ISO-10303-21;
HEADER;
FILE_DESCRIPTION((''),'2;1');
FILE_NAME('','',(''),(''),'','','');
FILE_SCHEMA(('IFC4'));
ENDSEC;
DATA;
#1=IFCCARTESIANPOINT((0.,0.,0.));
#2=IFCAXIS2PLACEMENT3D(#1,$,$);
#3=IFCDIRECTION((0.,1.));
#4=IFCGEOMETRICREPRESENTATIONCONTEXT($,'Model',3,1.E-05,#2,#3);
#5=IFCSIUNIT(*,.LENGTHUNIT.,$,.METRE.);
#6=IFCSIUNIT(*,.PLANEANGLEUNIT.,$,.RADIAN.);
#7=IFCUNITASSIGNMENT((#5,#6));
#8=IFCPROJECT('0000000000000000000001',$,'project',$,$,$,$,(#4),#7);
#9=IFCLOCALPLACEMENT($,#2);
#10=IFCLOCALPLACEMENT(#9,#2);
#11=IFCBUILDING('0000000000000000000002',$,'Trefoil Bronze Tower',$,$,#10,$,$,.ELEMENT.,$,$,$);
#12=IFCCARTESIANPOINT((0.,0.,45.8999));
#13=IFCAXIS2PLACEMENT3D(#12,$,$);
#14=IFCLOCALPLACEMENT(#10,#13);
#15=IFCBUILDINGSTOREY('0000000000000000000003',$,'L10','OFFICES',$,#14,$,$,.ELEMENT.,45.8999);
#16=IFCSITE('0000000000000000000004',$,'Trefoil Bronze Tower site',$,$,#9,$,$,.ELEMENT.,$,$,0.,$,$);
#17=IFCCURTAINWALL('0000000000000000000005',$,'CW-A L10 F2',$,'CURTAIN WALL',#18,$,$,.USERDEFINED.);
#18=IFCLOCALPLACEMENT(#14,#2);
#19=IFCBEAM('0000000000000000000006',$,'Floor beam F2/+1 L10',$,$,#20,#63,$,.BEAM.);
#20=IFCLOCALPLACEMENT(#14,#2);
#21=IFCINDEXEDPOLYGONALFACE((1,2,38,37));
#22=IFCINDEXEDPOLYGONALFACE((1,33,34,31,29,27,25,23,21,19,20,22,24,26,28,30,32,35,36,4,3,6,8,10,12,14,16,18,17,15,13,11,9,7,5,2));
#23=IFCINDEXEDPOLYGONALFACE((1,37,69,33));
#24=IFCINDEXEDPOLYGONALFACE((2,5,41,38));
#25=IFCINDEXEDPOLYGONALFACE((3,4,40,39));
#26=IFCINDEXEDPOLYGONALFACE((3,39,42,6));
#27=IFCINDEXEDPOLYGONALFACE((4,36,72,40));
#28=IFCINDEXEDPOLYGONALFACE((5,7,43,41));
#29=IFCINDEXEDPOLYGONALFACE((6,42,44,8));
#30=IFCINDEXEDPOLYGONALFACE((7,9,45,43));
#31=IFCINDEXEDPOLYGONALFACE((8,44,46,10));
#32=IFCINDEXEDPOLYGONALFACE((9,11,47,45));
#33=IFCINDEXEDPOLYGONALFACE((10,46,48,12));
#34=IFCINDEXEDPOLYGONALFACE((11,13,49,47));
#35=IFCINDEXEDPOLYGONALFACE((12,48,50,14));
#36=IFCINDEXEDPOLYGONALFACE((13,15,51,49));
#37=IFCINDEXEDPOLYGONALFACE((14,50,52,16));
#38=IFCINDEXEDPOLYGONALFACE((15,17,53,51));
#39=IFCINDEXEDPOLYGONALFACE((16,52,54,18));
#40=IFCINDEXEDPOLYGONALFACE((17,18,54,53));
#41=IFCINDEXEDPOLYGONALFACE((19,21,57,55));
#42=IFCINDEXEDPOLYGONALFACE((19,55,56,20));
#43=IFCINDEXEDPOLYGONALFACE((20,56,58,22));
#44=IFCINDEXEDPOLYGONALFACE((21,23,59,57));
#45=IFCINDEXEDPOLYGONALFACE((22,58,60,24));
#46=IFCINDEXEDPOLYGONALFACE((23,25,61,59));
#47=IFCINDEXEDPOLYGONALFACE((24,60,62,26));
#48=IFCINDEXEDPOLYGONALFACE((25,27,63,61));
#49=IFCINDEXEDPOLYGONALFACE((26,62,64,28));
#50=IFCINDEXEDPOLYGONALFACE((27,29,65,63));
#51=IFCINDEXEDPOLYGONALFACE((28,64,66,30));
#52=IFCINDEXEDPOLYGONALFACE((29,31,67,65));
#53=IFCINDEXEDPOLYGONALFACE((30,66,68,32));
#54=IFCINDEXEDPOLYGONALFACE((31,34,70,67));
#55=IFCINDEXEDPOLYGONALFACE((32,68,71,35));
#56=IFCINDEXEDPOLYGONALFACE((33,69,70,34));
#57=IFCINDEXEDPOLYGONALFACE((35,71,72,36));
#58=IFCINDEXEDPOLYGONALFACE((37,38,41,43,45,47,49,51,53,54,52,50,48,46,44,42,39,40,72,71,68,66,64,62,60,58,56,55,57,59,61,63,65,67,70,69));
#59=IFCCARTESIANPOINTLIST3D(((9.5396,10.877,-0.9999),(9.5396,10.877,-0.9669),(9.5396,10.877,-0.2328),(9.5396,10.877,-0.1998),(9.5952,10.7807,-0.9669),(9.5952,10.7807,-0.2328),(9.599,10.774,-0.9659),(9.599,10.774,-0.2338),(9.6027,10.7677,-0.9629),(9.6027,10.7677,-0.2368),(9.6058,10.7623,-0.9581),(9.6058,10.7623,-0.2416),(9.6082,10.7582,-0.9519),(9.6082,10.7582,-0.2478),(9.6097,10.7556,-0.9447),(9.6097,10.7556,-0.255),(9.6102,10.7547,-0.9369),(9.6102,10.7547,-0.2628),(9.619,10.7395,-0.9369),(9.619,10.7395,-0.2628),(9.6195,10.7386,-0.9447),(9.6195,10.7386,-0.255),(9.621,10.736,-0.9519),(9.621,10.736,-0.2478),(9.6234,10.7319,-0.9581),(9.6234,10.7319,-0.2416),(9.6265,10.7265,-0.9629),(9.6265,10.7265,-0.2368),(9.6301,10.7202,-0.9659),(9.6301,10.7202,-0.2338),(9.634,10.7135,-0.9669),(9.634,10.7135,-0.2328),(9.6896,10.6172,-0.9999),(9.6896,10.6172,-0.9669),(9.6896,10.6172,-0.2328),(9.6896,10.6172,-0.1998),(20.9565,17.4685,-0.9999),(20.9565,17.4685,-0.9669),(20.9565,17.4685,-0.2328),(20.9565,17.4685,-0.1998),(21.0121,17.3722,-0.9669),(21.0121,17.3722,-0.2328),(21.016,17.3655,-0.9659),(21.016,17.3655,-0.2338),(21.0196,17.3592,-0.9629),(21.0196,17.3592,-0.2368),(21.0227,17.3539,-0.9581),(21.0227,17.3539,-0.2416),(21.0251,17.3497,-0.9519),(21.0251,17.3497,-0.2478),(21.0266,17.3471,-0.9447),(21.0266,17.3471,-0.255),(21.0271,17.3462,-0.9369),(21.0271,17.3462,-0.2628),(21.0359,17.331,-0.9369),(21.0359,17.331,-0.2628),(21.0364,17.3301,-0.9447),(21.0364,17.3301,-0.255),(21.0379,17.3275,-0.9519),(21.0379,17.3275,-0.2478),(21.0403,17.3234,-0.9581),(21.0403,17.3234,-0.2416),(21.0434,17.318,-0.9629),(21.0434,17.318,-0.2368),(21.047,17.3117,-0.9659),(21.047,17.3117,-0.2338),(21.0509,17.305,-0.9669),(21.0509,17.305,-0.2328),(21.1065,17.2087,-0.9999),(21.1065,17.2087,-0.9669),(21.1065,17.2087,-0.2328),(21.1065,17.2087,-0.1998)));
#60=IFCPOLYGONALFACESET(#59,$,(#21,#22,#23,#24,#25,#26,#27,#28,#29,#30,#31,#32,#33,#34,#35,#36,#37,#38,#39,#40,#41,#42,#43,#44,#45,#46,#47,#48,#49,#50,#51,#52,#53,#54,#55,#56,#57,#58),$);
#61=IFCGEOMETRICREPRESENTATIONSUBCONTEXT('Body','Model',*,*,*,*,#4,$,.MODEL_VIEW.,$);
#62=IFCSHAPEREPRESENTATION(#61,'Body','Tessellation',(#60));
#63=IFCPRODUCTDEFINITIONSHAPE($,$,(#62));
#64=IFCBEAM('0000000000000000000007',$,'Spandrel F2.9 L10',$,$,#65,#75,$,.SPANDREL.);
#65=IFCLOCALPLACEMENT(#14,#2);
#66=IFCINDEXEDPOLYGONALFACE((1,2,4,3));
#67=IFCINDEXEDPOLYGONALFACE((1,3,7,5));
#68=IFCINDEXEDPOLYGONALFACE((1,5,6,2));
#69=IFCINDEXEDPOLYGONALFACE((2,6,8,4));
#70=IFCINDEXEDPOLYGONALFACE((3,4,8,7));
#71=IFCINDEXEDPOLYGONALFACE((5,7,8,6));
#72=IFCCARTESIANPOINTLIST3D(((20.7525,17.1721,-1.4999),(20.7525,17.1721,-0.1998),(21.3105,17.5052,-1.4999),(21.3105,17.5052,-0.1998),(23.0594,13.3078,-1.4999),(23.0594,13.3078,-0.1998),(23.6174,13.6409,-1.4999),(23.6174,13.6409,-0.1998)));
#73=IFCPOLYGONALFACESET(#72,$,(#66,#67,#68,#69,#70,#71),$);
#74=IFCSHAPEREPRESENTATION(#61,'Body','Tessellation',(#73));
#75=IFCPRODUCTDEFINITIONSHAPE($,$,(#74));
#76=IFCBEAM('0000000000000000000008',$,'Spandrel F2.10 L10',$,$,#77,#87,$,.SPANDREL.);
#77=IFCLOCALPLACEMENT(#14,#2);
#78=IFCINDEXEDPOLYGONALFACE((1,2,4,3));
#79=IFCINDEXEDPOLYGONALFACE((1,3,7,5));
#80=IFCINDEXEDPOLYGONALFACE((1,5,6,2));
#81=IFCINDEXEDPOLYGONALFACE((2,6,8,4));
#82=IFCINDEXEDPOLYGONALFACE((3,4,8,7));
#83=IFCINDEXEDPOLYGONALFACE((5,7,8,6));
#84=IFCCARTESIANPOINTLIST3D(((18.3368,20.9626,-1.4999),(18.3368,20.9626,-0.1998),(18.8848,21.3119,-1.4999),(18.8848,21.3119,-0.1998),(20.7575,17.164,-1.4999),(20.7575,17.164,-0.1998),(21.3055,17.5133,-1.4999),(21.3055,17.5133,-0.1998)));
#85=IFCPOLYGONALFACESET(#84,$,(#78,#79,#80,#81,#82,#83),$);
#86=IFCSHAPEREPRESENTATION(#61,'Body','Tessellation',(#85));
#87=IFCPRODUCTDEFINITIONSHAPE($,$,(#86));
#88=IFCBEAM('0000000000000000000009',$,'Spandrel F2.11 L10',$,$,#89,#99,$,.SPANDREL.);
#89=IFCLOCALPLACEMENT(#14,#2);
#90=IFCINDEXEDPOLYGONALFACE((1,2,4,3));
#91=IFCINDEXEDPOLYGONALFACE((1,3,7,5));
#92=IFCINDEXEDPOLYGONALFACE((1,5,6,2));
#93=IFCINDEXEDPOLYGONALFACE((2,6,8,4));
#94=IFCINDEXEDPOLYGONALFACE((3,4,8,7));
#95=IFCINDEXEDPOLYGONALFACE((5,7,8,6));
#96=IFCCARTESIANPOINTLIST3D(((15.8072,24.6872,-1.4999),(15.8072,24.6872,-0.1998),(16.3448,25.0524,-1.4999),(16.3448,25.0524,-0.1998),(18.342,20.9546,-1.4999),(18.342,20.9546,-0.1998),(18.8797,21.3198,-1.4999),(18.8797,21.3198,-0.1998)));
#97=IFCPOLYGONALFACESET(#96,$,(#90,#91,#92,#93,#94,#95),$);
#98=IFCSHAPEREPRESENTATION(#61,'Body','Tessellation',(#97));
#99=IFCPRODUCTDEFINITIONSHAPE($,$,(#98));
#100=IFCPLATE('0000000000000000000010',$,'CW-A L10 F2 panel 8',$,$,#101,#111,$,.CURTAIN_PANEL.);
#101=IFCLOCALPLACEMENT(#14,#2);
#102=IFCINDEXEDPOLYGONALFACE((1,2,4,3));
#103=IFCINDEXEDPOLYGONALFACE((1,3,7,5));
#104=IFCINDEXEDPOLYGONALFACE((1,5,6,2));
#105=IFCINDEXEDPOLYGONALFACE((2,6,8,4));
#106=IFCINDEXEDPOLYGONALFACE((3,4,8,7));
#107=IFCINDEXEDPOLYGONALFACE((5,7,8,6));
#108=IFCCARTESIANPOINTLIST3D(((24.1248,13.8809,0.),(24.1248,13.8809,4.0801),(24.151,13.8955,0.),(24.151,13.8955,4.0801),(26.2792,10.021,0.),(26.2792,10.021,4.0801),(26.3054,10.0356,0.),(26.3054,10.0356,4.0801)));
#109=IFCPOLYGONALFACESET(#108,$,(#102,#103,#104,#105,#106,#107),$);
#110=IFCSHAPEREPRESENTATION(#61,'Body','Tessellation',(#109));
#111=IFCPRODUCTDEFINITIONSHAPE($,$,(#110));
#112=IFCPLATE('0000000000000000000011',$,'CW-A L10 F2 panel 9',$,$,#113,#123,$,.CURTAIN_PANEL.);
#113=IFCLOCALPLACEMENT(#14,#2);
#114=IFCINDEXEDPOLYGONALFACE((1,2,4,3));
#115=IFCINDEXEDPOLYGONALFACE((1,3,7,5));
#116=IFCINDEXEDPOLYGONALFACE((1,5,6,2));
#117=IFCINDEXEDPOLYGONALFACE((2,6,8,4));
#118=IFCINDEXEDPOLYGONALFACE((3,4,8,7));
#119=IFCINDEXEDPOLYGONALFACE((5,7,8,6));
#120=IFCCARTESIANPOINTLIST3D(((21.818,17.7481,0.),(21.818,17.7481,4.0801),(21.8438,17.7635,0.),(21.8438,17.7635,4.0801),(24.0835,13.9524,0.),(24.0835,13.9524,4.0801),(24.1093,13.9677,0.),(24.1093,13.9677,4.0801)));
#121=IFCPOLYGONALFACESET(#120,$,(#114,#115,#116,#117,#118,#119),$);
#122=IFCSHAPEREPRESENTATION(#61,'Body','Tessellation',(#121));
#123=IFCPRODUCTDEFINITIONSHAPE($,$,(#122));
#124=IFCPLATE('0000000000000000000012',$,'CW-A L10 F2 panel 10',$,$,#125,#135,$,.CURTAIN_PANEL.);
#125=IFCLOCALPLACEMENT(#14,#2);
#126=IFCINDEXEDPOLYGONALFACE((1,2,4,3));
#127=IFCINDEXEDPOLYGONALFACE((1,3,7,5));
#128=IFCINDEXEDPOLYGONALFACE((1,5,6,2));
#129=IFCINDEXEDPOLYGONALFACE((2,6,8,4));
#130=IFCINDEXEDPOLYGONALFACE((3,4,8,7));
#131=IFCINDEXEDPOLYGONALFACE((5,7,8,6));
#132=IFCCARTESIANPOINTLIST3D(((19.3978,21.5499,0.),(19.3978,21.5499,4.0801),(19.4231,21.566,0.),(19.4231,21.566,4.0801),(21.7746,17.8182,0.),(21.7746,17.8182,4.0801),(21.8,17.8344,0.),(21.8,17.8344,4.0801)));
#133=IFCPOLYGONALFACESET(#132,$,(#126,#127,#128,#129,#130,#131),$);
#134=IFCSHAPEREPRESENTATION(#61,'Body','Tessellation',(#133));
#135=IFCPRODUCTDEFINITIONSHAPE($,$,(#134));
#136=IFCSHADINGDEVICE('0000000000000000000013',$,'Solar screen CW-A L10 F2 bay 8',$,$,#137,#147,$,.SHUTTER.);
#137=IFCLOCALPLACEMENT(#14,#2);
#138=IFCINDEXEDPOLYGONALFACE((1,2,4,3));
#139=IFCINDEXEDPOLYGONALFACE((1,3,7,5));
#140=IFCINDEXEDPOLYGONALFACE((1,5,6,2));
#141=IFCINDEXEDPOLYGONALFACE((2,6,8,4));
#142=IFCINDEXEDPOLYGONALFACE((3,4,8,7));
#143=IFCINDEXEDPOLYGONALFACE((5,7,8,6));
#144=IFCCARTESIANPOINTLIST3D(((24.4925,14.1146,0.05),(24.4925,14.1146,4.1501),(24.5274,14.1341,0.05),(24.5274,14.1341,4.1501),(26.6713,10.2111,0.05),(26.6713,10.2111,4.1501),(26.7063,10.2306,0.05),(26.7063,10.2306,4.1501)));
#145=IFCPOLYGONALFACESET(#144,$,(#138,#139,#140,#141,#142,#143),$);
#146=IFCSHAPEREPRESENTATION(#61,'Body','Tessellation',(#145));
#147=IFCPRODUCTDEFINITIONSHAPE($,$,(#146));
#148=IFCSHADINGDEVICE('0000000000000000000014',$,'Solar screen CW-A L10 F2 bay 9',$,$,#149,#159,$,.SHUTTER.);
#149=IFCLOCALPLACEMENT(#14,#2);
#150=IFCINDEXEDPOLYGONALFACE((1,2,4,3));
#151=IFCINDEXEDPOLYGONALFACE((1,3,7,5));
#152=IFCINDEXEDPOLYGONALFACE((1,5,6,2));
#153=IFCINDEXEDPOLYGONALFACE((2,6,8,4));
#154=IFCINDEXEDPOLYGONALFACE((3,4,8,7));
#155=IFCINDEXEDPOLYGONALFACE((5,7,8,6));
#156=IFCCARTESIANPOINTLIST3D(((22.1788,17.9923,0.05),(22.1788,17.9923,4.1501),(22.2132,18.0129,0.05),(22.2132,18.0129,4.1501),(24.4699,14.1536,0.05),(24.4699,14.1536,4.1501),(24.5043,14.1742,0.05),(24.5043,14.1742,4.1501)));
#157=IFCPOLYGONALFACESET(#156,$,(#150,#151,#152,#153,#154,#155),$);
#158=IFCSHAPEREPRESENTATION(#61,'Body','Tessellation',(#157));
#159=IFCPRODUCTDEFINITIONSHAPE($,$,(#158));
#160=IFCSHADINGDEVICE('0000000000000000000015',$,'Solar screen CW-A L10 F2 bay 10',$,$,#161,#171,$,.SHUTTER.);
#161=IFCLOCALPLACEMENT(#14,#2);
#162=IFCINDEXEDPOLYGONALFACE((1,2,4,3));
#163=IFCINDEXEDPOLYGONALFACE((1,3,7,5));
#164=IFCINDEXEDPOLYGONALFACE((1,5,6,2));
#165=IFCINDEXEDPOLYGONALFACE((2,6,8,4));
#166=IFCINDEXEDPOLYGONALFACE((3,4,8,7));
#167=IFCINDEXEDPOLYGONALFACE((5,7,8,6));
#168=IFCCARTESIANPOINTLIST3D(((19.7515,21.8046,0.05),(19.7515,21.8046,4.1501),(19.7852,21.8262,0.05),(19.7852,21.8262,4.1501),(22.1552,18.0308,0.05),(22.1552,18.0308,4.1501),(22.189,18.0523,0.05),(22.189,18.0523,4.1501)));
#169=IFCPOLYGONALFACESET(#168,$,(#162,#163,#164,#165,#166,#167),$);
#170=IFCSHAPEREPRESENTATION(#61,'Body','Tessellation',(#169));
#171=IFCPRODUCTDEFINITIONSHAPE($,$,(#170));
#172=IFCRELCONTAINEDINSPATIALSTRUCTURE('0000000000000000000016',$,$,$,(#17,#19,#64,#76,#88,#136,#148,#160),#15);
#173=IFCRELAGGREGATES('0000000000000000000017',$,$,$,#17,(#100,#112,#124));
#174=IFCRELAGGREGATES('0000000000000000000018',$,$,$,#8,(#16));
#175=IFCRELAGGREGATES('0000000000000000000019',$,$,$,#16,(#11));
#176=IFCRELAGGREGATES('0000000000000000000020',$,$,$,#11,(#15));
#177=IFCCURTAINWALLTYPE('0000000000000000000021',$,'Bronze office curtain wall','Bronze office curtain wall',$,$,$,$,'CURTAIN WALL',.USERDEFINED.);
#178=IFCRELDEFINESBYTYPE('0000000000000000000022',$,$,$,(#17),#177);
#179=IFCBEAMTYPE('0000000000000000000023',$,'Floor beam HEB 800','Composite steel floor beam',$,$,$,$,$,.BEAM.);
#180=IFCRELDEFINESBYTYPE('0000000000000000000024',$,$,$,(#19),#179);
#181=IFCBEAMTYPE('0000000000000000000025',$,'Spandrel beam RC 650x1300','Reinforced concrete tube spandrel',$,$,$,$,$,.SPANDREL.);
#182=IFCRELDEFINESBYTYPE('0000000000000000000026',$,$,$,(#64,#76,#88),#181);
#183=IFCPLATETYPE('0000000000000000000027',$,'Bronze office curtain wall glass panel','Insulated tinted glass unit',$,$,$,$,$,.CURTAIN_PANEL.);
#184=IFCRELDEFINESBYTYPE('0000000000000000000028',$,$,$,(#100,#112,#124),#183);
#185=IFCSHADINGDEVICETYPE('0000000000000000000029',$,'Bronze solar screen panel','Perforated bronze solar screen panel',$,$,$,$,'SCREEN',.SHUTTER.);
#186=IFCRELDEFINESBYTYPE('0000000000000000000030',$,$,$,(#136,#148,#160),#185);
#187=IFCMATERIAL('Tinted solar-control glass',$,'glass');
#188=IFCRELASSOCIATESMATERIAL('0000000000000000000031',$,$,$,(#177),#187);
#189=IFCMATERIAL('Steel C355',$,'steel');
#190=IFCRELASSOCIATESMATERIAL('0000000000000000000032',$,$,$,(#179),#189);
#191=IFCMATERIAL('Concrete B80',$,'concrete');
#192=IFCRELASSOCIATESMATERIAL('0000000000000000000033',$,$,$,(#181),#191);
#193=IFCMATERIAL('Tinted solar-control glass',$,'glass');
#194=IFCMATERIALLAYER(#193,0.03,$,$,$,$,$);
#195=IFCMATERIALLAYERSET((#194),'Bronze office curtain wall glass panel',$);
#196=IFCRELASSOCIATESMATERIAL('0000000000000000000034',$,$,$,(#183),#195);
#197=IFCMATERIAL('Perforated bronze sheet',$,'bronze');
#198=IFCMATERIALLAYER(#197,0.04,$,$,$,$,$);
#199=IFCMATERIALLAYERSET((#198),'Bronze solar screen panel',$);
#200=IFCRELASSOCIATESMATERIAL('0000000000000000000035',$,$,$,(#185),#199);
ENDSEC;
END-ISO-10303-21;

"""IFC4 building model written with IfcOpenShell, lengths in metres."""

from ifc_helpers import new_model, si_unit, direction, frame, origin, origin_2d, place, context, subcontext, project, spatial, rectangle, i_section, extrude, material, layer, layer_set, material_profile, profile_set, type_object, element, aggregate, save


model = new_model("IFC4")

# Units and contexts
model_context = context("Model", 3, precision=1e-05, world=origin(), true_north=direction((0.0, 1.0)))
body_context = subcontext(model_context, "Body", "Model", "MODEL_VIEW")
ifc_project = project(units=[si_unit("LENGTHUNIT", "METRE"), si_unit("PLANEANGLEUNIT", "RADIAN")], contexts=[model_context])

# Site, building, storey
site_placement = place(None, origin())
site = spatial("IfcSite", under=ifc_project, at=site_placement, Name="Trefoil Bronze Tower site", CompositionType="ELEMENT", RefElevation=0.0)
building_placement = place(site_placement, origin())
building = spatial("IfcBuilding", under=site, at=building_placement, Name="Trefoil Bronze Tower", CompositionType="ELEMENT")
storey_placement = place(building_placement, frame((0.0, 0.0, 45.8999)))
storey = spatial("IfcBuildingStorey", under=building, at=storey_placement, Name="L10", Description="OFFICES", CompositionType="ELEMENT", Elevation=45.8999)

# Curtain wall
ifc_material_1 = material(Name="Tinted solar-control glass", Category="glass")
curtain_wall_type = type_object("IfcCurtainWallType", Name="Bronze office curtain wall", Description="Bronze office curtain wall", ElementType="CURTAIN WALL", PredefinedType="USERDEFINED", material=ifc_material_1)
curtain_wall_placement = place(storey_placement, origin())
curtain_wall = element("IfcCurtainWall", 1, at=curtain_wall_placement, inside=storey, type_object=curtain_wall_type, Name="CW-A L10 F2", ObjectType="CURTAIN WALL", PredefinedType="USERDEFINED")

# Beams
ifc_material_2 = material(Name="Steel C355", Category="steel")
ifc_material_profile_1 = material_profile(ifc_material_2, i_section(OverallWidth=0.3, OverallDepth=0.8, WebThickness=0.0176, FlangeThickness=0.033, FilletRadius=0.03, at=origin_2d()), Name="HEB 800")
ifc_profile_set_1 = profile_set([ifc_material_profile_1], Name="Steel C355")
beam_type_1 = type_object("IfcBeamType", Name="Floor beam HEB 800", Description="Composite steel floor beam", PredefinedType="BEAM", material=ifc_profile_set_1)
beam_1_placement = place(storey_placement, frame((21.0315, 17.3386, -0.5999), z_axis=(-0.866027, -0.499997, 0.0), x_axis=(0.499997, -0.866027, 0.0)))
element("IfcBeam", 2, at=beam_1_placement, inside=storey, type_object=beam_type_1, Name="Floor beam F2/+1 L10", PredefinedType="BEAM", context=body_context, shape_type="SweptSolid", body=[
    extrude(i_section(OverallWidth=0.3, OverallDepth=0.8, WebThickness=0.0176, FlangeThickness=0.033, FilletRadius=0.03, at=origin_2d()), origin(), (0.0, 0.0, 1.0), 13.1831),
])
ifc_material_3 = material(Name="Concrete B80", Category="concrete")
ifc_material_profile_2 = material_profile(ifc_material_3, rectangle(XDim=0.6499, YDim=1.3, at=origin_2d()), Name="RC 650x1300")
ifc_profile_set_2 = profile_set([ifc_material_profile_2], Name="Concrete B80")
beam_type_2 = type_object("IfcBeamType", Name="Spandrel beam RC 650x1300", Description="Reinforced concrete tube spandrel", PredefinedType="SPANDREL", material=ifc_profile_set_2)
beam_2_placement = place(storey_placement, frame((23.3384, 13.4744, -0.8499), z_axis=(-0.512588, 0.858635, 0.0), x_axis=(-0.858635, -0.512588, 0.0)))
element("IfcBeam", 3, at=beam_2_placement, inside=storey, type_object=beam_type_2, Name="Spandrel F2.9 L10", PredefinedType="SPANDREL", context=body_context, shape_type="SweptSolid", body=[
    extrude(rectangle(XDim=0.6499, YDim=1.3, at=origin_2d()), origin(), (0.0, 0.0, 1.0), 4.5005),
])
beam_3_placement = place(storey_placement, frame((21.0315, 17.3386, -0.8499), z_axis=(-0.537408, 0.843322, 0.0), x_axis=(-0.843322, -0.537408, 0.0)))
element("IfcBeam", 4, at=beam_3_placement, inside=storey, type_object=beam_type_2, Name="Spandrel F2.10 L10", PredefinedType="SPANDREL", context=body_context, shape_type="SweptSolid", body=[
    extrude(rectangle(XDim=0.6499, YDim=1.3, at=origin_2d()), origin(), (0.0, 0.0, 1.0), 4.5044),
])
beam_4_placement = place(storey_placement, frame((18.6108, 21.1372, -0.8499), z_axis=(-0.56181, 0.827267, 0.0), x_axis=(-0.827267, -0.56181, 0.0)))
element("IfcBeam", 5, at=beam_4_placement, inside=storey, type_object=beam_type_2, Name="Spandrel F2.11 L10", PredefinedType="SPANDREL", context=body_context, shape_type="SweptSolid", body=[
    extrude(rectangle(XDim=0.6499, YDim=1.3, at=origin_2d()), origin(), (0.0, 0.0, 1.0), 4.512),
])

# Plates
ifc_material_4 = material(Name="Tinted solar-control glass", Category="glass")
ifc_layer_1 = layer(ifc_material_4, 0.03)
ifc_layer_set_1 = layer_set([ifc_layer_1], Name="Bronze office curtain wall glass panel")
plate_type = type_object("IfcPlateType", Name="Bronze office curtain wall glass panel", Description="Insulated tinted glass unit", PredefinedType="CURTAIN_PANEL", material=ifc_layer_set_1)
plate_1_placement = place(storey_placement, frame((25.2151, 11.9583, 0.0), z_axis=(0.0, 0.0, 1.0), x_axis=(-0.487382, 0.873189, 0.0)))
plate_1 = element("IfcPlate", 6, at=plate_1_placement, type_object=plate_type, Name="CW-A L10 F2 panel 8", PredefinedType="CURTAIN_PANEL", context=body_context, shape_type="SweptSolid", body=[
    extrude(rectangle(XDim=4.4204, YDim=0.03, at=origin_2d()), origin(), (0.0, 0.0, 1.0), 4.0801),
])
plate_2_placement = place(storey_placement, frame((22.9636, 15.8579, 0.0), z_axis=(0.0, 0.0, 1.0), x_axis=(-0.512513, 0.85868, 0.0)))
plate_2 = element("IfcPlate", 7, at=plate_2_placement, type_object=plate_type, Name="CW-A L10 F2 panel 9", PredefinedType="CURTAIN_PANEL", context=body_context, shape_type="SweptSolid", body=[
    extrude(rectangle(XDim=4.4204, YDim=0.03, at=origin_2d()), origin(), (0.0, 0.0, 1.0), 4.0801),
])
plate_3_placement = place(storey_placement, frame((20.5989, 19.6921, 0.0), z_axis=(0.0, 0.0, 1.0), x_axis=(-0.537222, 0.843441, 0.0)))
plate_3 = element("IfcPlate", 8, at=plate_3_placement, type_object=plate_type, Name="CW-A L10 F2 panel 10", PredefinedType="CURTAIN_PANEL", context=body_context, shape_type="SweptSolid", body=[
    extrude(rectangle(XDim=4.4243, YDim=0.03, at=origin_2d()), origin(), (0.0, 0.0, 1.0), 4.0801),
])
aggregate(curtain_wall, [plate_1, plate_2, plate_3])

# Shading devices
ifc_material_5 = material(Name="Perforated bronze sheet", Category="bronze")
ifc_layer_2 = layer(ifc_material_5, 0.04)
ifc_layer_set_2 = layer_set([ifc_layer_2], Name="Bronze solar screen panel")
shading_device_type = type_object("IfcShadingDeviceType", Name="Bronze solar screen panel", Description="Perforated bronze solar screen panel", ElementType="SCREEN", PredefinedType="SHUTTER", material=ifc_layer_set_2)
for number, where, z_axis, x_axis, name in (
    (9, (25.5994, 12.1726, 0.05), (0.0, 0.0, 1.0), (-0.487382, 0.873189, 0.0), "Solar screen CW-A L10 F2 bay 8"),
    (10, (23.3416, 16.0833, 0.05), (0.0, 0.0, 1.0), (-0.512513, 0.85868, 0.0), "Solar screen CW-A L10 F2 bay 9"),
):
    element("IfcShadingDevice", number, at=place(storey_placement, frame(where, z_axis=z_axis, x_axis=x_axis)), inside=storey, type_object=shading_device_type, Name=name, PredefinedType="SHUTTER", context=body_context, shape_type="SweptSolid", body=[
        extrude(rectangle(XDim=4.4705, YDim=0.04, at=origin_2d()), origin(), (0.0, 0.0, 1.0), 4.1001),
    ])
shading_device_placement = place(storey_placement, frame((20.9702, 19.9285, 0.05), z_axis=(0.0, 0.0, 1.0), x_axis=(-0.537222, 0.843441, 0.0)))
element("IfcShadingDevice", 11, at=shading_device_placement, inside=storey, type_object=shading_device_type, Name="Solar screen CW-A L10 F2 bay 10", PredefinedType="SHUTTER", context=body_context, shape_type="SweptSolid", body=[
    extrude(rectangle(XDim=4.4744, YDim=0.04, at=origin_2d()), origin(), (0.0, 0.0, 1.0), 4.1001),
])

save(model, "model.ifc")
